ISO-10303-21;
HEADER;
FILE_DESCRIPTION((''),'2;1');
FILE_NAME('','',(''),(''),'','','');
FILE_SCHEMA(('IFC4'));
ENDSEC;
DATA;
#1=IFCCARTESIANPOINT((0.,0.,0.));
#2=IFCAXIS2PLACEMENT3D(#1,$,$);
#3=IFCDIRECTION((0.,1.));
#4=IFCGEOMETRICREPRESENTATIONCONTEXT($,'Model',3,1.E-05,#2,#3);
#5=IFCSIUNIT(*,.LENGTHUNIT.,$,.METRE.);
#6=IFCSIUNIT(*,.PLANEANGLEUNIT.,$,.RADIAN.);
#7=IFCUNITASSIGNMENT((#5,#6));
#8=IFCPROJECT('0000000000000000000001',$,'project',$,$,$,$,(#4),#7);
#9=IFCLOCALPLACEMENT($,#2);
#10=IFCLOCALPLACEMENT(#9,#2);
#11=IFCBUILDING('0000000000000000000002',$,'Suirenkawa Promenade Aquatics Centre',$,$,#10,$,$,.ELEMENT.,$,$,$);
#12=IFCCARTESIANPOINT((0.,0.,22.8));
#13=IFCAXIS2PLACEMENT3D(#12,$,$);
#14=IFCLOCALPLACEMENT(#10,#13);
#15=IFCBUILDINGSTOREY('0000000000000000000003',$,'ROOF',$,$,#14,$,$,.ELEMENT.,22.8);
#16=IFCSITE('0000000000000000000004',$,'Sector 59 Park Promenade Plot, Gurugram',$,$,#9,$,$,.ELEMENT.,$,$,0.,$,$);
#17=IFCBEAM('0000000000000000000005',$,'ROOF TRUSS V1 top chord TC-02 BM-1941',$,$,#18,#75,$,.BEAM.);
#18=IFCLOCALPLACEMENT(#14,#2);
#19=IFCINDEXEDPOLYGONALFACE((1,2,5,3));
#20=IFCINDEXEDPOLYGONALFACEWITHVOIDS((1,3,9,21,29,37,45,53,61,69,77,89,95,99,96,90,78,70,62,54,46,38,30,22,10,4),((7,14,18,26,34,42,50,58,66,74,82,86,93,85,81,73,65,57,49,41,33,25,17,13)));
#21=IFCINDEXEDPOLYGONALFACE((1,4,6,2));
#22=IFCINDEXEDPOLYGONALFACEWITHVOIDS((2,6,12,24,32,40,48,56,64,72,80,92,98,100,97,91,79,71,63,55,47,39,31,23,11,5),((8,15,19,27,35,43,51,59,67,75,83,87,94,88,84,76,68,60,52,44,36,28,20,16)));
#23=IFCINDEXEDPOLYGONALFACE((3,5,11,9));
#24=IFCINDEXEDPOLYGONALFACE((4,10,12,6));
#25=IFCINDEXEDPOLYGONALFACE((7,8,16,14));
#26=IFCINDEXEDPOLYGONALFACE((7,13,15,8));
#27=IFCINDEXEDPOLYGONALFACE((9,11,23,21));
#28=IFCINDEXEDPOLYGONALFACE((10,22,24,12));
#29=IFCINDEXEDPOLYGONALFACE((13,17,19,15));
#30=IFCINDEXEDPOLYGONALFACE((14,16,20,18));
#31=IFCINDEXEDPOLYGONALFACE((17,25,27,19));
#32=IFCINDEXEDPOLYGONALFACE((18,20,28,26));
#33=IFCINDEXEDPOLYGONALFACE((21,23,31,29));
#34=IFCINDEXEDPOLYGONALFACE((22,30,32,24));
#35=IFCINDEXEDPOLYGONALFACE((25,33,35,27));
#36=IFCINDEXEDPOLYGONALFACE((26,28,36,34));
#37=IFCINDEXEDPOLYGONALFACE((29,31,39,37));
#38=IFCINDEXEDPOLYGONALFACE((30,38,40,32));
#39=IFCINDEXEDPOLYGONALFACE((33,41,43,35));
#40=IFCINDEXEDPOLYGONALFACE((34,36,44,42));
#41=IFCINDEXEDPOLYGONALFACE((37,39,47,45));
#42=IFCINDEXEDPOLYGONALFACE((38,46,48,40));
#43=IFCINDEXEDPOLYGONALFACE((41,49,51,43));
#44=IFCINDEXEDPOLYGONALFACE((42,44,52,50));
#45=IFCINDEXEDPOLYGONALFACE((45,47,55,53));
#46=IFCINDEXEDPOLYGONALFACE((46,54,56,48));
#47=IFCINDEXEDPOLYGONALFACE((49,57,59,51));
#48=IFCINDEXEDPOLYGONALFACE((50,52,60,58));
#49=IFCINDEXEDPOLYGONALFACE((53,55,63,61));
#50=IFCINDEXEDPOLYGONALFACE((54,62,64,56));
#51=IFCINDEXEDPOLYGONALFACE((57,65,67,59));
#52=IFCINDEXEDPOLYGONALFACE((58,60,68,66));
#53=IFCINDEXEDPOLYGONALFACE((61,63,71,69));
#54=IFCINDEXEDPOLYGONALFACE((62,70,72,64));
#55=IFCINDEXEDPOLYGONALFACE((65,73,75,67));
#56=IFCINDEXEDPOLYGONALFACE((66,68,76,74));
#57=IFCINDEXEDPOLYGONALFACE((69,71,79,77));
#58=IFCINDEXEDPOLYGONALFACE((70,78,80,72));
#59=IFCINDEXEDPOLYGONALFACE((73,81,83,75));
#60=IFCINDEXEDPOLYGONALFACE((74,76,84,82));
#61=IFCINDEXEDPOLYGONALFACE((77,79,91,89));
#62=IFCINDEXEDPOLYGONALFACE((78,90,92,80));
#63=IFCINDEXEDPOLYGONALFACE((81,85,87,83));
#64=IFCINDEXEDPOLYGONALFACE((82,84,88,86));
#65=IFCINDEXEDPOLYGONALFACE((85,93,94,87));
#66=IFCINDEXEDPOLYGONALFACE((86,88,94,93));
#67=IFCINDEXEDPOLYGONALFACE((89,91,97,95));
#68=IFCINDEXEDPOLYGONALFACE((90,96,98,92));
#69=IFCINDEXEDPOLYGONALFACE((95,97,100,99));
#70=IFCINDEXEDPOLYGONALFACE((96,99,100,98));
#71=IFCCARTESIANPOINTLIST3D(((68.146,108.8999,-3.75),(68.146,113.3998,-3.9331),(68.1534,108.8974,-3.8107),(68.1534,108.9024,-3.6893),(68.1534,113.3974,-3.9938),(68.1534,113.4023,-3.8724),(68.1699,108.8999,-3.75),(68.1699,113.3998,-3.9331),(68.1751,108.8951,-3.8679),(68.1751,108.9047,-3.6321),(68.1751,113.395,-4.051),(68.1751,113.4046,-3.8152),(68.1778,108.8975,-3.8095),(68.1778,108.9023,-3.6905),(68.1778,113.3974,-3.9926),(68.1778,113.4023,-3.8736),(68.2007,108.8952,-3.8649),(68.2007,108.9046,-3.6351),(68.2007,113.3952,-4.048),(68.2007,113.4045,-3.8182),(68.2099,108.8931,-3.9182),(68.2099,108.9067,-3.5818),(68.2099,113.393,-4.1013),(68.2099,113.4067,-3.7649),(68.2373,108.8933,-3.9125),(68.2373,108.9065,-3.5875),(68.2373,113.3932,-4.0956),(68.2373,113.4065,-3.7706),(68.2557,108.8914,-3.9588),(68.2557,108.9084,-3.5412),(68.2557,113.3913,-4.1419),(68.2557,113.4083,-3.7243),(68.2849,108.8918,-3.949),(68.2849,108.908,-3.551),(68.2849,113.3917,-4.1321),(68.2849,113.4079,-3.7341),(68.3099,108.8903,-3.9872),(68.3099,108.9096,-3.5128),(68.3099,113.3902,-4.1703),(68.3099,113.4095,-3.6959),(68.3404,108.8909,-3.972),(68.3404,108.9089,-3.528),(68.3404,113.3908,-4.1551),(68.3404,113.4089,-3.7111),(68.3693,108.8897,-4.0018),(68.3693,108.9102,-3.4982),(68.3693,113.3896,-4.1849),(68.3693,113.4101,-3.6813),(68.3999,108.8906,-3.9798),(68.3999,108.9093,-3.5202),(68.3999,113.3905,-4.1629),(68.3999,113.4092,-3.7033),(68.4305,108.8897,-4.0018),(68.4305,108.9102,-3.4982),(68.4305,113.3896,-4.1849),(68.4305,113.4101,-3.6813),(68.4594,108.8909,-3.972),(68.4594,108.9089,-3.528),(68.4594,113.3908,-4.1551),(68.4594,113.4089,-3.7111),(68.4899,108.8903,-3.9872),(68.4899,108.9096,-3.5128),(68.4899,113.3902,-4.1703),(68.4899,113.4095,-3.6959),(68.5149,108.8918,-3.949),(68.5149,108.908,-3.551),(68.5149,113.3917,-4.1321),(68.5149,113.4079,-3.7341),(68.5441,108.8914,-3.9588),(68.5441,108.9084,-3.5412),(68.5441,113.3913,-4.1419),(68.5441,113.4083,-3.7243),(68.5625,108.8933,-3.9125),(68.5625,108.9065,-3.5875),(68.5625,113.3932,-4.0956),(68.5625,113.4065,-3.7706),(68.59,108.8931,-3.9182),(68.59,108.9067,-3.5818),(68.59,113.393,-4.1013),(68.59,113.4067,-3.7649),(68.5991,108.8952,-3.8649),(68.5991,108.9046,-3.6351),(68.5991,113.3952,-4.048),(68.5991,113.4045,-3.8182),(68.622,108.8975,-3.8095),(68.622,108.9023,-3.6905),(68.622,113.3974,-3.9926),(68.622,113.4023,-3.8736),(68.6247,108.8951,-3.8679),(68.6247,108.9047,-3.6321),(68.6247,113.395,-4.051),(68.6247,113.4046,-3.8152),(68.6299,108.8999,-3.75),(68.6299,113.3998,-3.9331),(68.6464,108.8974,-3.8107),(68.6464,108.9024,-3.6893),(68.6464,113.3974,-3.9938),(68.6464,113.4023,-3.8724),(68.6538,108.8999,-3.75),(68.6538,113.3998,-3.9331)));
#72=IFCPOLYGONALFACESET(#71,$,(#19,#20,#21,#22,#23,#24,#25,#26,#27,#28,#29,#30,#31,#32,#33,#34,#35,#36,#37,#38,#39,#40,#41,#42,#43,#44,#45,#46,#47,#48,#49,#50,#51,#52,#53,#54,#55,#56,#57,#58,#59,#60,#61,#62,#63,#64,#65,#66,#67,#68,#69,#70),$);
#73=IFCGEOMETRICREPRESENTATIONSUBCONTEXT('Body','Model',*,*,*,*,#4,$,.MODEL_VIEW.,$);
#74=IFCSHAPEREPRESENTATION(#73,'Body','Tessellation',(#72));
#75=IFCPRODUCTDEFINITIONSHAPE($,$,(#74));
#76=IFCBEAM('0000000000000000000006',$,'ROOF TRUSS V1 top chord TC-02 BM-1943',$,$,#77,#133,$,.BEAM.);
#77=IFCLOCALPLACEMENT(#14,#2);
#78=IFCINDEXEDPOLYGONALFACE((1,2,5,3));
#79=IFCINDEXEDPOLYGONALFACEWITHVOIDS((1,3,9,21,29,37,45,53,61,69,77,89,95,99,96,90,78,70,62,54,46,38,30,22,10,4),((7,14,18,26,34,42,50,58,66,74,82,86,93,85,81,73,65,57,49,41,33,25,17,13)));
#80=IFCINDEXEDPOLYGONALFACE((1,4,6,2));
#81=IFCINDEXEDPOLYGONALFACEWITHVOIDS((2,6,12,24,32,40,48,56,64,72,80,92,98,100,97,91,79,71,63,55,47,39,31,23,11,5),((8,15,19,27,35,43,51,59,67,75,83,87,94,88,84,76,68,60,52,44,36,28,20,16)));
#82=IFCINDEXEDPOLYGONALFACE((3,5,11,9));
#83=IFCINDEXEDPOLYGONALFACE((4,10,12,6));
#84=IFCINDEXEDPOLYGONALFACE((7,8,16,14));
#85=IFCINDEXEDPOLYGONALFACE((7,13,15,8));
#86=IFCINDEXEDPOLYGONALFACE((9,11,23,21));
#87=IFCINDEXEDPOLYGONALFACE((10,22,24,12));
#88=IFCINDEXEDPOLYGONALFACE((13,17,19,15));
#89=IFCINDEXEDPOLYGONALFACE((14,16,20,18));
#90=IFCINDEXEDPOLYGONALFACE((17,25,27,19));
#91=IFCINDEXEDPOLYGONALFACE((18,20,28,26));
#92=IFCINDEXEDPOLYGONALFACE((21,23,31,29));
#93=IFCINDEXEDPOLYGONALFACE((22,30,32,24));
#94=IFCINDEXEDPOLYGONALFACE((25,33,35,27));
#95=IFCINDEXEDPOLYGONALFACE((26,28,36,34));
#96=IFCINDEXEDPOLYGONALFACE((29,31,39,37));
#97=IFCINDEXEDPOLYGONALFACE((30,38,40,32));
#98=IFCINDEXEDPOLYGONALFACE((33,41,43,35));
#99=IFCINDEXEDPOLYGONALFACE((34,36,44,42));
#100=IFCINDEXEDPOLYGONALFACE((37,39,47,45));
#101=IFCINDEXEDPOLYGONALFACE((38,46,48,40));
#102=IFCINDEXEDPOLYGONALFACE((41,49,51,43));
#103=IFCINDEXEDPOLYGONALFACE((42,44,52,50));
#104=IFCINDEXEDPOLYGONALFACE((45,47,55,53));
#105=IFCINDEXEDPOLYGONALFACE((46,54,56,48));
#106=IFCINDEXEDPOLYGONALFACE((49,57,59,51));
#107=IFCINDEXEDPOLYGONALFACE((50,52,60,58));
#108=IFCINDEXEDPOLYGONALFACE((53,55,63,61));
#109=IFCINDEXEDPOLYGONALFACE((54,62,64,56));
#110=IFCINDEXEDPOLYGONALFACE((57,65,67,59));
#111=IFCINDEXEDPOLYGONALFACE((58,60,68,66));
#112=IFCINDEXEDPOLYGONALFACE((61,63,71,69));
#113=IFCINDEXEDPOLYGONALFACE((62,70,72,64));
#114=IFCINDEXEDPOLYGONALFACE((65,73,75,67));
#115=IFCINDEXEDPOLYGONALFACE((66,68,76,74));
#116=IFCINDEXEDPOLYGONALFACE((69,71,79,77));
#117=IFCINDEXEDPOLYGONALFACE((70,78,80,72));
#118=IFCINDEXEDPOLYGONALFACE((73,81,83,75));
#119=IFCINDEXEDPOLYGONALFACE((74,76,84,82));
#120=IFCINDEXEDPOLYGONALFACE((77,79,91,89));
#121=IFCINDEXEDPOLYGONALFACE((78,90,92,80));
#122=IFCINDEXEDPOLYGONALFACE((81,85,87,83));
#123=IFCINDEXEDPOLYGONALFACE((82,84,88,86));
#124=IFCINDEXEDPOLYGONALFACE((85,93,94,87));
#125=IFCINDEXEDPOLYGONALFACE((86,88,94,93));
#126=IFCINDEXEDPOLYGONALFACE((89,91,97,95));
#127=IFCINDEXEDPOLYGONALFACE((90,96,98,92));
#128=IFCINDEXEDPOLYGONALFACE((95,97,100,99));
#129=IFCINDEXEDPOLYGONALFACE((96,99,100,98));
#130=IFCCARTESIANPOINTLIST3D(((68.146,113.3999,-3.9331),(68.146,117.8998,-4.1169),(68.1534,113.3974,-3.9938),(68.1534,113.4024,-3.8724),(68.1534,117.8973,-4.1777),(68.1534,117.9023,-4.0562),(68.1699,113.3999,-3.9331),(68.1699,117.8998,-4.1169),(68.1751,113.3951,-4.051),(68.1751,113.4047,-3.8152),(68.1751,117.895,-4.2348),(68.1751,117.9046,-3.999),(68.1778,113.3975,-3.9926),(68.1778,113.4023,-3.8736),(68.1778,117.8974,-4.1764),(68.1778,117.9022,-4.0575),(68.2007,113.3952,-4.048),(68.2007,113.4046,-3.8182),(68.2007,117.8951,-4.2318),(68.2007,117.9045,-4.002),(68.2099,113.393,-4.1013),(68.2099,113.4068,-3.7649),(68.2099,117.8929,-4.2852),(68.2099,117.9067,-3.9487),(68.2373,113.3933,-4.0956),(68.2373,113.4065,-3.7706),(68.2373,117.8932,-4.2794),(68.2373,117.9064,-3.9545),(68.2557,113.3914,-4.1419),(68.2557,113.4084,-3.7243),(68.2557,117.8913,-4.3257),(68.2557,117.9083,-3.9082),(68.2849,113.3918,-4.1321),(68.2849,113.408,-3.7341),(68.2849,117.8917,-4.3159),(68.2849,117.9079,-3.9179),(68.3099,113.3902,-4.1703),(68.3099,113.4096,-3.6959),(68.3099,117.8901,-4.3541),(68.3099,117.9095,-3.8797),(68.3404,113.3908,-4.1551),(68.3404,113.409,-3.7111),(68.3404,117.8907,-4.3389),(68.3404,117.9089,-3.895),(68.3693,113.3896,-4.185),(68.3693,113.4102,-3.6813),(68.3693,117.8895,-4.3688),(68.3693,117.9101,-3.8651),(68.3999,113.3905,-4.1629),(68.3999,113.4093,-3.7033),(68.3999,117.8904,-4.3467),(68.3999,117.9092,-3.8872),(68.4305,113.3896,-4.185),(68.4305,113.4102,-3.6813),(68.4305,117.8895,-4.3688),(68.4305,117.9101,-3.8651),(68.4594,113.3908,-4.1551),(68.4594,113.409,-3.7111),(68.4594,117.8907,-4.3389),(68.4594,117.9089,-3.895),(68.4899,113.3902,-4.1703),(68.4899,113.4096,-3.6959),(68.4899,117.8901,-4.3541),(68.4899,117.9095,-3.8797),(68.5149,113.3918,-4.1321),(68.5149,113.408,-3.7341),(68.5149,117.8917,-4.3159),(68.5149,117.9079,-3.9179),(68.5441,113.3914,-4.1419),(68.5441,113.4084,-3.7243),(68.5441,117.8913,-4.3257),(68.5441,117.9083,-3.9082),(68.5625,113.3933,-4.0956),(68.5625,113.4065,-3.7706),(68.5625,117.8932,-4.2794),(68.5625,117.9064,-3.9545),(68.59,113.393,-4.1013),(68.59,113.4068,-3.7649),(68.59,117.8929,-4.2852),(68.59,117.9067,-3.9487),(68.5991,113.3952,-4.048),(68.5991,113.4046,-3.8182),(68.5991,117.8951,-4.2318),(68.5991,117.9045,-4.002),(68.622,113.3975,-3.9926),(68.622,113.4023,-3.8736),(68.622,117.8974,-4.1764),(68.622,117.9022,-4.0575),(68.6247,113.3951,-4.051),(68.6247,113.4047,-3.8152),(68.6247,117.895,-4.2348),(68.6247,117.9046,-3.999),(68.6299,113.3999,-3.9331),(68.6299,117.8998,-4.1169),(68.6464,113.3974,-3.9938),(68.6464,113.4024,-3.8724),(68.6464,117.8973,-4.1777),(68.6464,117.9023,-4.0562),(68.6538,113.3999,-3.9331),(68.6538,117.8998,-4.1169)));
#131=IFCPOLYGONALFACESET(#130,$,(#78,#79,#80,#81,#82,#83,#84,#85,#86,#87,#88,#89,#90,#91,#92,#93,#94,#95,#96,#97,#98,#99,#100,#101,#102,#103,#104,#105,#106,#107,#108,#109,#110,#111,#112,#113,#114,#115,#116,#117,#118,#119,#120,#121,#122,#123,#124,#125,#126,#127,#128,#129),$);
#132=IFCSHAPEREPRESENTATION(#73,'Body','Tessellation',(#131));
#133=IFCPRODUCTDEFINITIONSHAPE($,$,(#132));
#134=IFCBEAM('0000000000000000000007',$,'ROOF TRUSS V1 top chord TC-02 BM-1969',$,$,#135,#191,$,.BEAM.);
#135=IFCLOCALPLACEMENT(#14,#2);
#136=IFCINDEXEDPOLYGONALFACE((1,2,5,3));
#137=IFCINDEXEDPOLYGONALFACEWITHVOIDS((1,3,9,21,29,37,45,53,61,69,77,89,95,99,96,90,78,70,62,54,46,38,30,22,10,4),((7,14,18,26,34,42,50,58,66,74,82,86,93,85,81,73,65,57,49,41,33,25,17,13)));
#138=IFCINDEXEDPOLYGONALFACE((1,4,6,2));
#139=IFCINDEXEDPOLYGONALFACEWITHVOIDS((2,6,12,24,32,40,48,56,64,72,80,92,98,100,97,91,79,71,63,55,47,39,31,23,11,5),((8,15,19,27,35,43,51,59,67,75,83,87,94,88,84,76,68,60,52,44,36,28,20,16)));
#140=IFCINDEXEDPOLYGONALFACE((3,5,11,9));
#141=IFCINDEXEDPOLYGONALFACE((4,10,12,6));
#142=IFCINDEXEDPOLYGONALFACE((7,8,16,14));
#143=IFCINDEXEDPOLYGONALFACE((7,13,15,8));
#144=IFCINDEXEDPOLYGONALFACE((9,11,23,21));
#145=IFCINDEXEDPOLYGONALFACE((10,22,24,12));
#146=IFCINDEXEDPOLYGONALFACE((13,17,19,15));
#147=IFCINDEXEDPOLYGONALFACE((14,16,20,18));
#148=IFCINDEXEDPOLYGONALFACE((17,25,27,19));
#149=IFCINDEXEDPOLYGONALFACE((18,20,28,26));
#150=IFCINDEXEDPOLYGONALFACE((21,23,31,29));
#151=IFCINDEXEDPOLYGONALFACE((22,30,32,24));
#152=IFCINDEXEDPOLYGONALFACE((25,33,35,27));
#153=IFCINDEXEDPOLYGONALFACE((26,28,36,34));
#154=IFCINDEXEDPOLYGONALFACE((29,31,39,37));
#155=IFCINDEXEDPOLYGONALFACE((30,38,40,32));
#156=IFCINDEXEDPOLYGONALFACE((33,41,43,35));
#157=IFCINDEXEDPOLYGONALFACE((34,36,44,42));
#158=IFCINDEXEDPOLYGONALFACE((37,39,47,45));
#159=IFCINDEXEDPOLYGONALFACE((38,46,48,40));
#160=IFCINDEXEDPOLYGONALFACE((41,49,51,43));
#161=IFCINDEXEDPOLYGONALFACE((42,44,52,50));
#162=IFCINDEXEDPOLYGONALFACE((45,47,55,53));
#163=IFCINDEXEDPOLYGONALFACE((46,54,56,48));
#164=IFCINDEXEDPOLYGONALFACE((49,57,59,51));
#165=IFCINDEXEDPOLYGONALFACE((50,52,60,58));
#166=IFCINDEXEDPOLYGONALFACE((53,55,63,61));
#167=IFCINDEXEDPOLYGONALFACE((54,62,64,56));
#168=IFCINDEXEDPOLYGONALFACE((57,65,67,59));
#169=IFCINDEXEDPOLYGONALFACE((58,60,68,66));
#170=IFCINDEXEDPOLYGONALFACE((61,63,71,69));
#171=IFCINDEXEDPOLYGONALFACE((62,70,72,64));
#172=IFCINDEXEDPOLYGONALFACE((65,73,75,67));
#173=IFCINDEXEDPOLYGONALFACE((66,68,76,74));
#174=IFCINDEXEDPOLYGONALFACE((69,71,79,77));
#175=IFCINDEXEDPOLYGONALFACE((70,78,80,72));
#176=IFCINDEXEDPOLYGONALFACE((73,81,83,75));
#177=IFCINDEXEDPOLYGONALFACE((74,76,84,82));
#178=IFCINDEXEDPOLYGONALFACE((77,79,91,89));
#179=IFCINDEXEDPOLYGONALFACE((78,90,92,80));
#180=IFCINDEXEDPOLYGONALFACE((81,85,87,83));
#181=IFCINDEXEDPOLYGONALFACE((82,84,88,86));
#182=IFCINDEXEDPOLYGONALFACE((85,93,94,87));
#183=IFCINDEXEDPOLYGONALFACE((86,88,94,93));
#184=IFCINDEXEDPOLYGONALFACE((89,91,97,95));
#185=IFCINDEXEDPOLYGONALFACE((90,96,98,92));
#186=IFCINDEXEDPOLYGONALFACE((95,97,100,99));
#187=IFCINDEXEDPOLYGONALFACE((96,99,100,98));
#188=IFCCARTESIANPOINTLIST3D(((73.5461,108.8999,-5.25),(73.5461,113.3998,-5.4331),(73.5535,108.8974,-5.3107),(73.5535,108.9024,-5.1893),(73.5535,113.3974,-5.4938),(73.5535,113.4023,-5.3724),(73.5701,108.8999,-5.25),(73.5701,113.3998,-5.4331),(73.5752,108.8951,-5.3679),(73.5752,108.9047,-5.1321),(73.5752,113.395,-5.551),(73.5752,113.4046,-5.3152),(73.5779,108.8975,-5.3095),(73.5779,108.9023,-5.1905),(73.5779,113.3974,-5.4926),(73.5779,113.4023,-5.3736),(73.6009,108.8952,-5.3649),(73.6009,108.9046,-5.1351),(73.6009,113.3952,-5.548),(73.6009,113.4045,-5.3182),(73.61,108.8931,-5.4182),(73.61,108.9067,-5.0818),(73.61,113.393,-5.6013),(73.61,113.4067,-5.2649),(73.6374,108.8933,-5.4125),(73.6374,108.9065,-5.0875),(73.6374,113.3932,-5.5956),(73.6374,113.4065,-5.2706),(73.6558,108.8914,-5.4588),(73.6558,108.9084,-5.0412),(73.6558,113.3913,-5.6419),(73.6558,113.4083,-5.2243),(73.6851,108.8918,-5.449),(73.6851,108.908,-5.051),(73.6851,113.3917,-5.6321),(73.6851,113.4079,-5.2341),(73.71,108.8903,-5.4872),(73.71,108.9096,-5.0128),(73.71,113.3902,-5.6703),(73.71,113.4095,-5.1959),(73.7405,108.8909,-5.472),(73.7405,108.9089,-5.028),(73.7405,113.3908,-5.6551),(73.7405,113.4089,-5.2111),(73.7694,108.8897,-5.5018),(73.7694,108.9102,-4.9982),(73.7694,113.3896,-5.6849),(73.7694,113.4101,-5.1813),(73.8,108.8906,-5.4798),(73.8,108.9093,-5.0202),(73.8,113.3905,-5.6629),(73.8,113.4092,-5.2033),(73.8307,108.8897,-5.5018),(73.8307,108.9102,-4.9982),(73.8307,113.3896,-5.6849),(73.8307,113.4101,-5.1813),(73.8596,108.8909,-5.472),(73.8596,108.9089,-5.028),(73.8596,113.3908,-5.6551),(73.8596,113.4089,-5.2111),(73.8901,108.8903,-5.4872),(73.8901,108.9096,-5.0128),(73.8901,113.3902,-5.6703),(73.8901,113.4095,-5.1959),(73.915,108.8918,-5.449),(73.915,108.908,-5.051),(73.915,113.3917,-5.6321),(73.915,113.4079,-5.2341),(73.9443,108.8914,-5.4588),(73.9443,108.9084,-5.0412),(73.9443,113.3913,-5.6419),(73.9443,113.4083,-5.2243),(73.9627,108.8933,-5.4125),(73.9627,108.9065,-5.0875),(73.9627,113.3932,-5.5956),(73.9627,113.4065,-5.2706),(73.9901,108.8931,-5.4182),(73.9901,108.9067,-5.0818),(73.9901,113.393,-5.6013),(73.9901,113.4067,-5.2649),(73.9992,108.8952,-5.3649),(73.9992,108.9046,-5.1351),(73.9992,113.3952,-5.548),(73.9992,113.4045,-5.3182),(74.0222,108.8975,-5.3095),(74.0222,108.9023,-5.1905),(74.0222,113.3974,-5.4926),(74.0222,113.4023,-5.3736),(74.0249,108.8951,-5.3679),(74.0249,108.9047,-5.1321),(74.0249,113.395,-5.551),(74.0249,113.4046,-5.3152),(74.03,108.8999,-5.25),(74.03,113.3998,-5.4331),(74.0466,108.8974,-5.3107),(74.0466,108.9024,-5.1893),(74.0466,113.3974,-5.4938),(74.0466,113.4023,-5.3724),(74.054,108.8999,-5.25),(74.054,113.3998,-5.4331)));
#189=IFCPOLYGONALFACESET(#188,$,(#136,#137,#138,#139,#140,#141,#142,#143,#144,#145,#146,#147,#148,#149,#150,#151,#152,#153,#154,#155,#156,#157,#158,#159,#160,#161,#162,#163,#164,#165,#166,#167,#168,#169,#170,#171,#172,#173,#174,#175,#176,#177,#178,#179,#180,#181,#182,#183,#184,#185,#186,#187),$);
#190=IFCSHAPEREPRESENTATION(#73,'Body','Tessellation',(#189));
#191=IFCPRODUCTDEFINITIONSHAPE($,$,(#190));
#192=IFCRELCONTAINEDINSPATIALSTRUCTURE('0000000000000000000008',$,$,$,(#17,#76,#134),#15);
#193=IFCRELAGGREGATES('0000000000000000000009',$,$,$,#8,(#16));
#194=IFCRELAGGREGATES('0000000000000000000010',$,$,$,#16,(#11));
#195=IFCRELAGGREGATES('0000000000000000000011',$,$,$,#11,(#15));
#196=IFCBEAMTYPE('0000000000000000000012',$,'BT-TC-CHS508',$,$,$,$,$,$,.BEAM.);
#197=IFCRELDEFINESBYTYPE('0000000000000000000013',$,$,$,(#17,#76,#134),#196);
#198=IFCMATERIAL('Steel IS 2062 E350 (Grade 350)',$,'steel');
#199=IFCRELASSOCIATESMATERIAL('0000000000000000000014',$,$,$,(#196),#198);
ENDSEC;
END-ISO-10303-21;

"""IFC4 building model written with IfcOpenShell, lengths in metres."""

from ifc_helpers import new_model, si_unit, direction, frame, origin, origin_2d, place, context, subcontext, project, spatial, hollow_circle, extrude, material, material_profile, profile_set, type_object, element, save


model = new_model("IFC4")

# Units and contexts
model_context = context("Model", 3, precision=1e-05, world=origin(), true_north=direction((0.0, 1.0)))
body_context = subcontext(model_context, "Body", "Model", "MODEL_VIEW")
ifc_project = project(units=[si_unit("LENGTHUNIT", "METRE"), si_unit("PLANEANGLEUNIT", "RADIAN")], contexts=[model_context])

# Site, building, storey
site_placement = place(None, origin())
site = spatial("IfcSite", under=ifc_project, at=site_placement, Name="Sector 59 Park Promenade Plot, Gurugram", CompositionType="ELEMENT", RefElevation=0.0)
building_placement = place(site_placement, origin())
building = spatial("IfcBuilding", under=site, at=building_placement, Name="Suirenkawa Promenade Aquatics Centre", CompositionType="ELEMENT")
storey_placement = place(building_placement, frame((0.0, 0.0, 22.8)))
storey = spatial("IfcBuildingStorey", under=building, at=storey_placement, Name="ROOF", CompositionType="ELEMENT", Elevation=22.8)

# Beams
ifc_material = material(Name="Steel IS 2062 E350 (Grade 350)", Category="steel")
ifc_material_profile_1 = material_profile(ifc_material, hollow_circle(Radius=0.2539, WallThickness=0.0239, at=origin_2d()), Name="CHS 508x24", Category="steel")
ifc_profile_set_1 = profile_set([ifc_material_profile_1], Name="Steel IS 2062 E350 (Grade 350)")
beam_type_1 = type_object("IfcBeamType", Name="BT-TC-CHS508", PredefinedType="BEAM", material=ifc_profile_set_1)
for number, where, z_axis, x_axis, name in (
    (1, (68.3999, 108.8999, -3.75), (0.0, 0.999173, -0.040656), (-1.0, 0.0, 0.0), "ROOF TRUSS V1 top chord TC-02 BM-1941"),
    (2, (68.3999, 113.3999, -3.9331), (0.0, 0.999167, -0.040819), (-1.0, 0.0, 0.0), "ROOF TRUSS V1 top chord TC-02 BM-1943"),
    (3, (73.8, 108.8999, -5.25), (0.0, 0.999173, -0.040656), (-1.0, 0.0, 0.0), "ROOF TRUSS V1 top chord TC-02 BM-1969"),
):
    element("IfcBeam", number, at=place(storey_placement, frame(where, z_axis=z_axis, x_axis=x_axis)), inside=storey, type_object=beam_type_1, Name=name, PredefinedType="BEAM", context=body_context, shape_type="SweptSolid", body=[
        extrude(hollow_circle(Radius=0.2539, WallThickness=0.0239, at=origin_2d()), origin(), (0.0, 0.0, 1.0), 4.5037),
    ])

save(model, "model.ifc")
